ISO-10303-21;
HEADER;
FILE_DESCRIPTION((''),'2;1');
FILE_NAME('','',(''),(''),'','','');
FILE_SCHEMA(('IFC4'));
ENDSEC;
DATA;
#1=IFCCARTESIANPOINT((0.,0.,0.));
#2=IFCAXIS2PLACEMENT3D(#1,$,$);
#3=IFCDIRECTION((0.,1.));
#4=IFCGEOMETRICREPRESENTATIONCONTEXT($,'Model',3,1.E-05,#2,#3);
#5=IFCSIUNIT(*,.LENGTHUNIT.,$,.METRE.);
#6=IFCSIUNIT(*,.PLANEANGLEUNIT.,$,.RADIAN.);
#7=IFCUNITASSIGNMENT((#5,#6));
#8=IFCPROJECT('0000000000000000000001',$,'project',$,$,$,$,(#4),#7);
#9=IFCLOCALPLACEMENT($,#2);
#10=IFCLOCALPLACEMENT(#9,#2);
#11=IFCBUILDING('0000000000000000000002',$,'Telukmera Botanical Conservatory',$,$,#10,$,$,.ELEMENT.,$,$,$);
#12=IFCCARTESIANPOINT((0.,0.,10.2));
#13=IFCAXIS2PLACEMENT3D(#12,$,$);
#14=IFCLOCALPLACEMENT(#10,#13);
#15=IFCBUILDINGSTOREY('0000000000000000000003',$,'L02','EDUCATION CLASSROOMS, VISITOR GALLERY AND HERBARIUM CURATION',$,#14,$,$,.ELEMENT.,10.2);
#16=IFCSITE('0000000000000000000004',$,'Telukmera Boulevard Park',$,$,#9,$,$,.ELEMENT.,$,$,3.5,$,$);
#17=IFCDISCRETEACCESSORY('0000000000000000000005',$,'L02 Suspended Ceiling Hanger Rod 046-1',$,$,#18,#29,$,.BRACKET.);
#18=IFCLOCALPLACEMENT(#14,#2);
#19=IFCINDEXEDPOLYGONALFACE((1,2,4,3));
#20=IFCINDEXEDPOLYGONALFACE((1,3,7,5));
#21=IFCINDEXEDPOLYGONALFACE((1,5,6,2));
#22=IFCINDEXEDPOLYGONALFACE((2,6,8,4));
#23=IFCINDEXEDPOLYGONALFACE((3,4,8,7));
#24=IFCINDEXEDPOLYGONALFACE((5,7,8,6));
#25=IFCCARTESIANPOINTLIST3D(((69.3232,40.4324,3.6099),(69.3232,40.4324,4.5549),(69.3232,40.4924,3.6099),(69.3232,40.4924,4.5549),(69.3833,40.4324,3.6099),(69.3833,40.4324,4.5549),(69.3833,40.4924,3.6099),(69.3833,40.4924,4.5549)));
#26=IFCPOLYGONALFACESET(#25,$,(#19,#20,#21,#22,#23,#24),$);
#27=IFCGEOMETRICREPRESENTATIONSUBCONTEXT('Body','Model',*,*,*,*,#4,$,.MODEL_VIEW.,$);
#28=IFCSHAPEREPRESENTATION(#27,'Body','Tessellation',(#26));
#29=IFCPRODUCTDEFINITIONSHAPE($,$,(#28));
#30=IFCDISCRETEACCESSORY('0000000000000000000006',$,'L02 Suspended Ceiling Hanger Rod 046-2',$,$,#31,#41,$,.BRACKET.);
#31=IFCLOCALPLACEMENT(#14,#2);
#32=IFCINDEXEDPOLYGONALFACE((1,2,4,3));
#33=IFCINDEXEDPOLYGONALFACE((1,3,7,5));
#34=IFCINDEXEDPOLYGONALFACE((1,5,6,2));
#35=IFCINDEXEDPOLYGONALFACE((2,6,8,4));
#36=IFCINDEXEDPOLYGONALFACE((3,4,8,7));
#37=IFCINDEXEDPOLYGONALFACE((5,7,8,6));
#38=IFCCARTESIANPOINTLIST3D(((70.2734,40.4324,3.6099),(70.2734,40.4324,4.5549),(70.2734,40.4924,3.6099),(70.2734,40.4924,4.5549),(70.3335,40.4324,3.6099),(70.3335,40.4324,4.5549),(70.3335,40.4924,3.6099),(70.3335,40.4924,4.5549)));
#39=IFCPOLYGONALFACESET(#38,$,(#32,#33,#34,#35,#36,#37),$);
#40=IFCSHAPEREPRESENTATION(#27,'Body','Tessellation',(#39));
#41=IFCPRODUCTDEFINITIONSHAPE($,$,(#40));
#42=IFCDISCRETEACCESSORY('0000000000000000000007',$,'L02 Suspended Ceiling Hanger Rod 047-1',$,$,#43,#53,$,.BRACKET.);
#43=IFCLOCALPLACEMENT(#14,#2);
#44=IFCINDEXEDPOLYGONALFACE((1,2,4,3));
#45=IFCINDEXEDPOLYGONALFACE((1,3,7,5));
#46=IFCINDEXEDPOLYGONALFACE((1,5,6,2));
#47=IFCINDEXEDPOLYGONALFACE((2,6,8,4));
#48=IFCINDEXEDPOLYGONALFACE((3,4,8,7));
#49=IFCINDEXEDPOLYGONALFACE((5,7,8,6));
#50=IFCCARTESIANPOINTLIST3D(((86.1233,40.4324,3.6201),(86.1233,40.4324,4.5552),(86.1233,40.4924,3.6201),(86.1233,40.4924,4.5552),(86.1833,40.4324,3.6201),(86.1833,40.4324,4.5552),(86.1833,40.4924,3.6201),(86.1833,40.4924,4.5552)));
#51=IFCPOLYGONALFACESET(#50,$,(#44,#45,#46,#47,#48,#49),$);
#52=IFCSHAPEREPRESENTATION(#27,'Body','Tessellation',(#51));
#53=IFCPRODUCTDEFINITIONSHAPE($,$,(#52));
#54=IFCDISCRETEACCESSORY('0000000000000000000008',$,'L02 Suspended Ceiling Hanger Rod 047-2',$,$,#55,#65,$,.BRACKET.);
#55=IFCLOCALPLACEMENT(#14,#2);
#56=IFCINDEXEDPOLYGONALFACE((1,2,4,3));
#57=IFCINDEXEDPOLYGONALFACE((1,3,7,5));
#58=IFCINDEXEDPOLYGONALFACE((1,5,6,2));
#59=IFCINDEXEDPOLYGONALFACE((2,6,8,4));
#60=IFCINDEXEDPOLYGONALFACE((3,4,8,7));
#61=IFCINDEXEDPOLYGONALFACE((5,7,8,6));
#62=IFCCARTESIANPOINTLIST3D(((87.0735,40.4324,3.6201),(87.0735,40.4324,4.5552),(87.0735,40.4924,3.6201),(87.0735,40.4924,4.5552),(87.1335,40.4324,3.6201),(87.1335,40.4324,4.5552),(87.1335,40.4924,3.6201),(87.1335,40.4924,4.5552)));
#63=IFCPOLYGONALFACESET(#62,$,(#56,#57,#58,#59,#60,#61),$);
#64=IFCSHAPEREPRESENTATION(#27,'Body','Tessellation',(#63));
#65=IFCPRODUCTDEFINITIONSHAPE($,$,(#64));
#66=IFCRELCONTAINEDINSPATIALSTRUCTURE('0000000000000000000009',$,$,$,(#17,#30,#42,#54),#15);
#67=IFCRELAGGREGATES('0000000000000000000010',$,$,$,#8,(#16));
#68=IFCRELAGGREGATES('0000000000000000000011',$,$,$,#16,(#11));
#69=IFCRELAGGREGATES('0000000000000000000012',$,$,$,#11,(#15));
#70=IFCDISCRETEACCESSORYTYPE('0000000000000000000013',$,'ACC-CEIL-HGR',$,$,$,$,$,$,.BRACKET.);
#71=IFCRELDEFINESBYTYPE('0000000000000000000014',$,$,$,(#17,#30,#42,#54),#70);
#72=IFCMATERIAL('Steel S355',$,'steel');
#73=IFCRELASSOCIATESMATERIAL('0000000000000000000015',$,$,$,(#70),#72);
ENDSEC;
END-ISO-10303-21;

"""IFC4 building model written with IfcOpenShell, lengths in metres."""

from ifc_helpers import new_model, si_unit, direction, frame, origin, origin_2d, place, context, subcontext, project, spatial, rectangle, extrude, material, type_object, element, save


model = new_model("IFC4")

# Units and contexts
model_context = context("Model", 3, precision=1e-05, world=origin(), true_north=direction((0.0, 1.0)))
body_context = subcontext(model_context, "Body", "Model", "MODEL_VIEW")
ifc_project = project(units=[si_unit("LENGTHUNIT", "METRE"), si_unit("PLANEANGLEUNIT", "RADIAN")], contexts=[model_context])

# Site, building, storey
site_placement = place(None, origin())
site = spatial("IfcSite", under=ifc_project, at=site_placement, Name="Telukmera Boulevard Park", CompositionType="ELEMENT", RefElevation=3.5)
building_placement = place(site_placement, origin())
building = spatial("IfcBuilding", under=site, at=building_placement, Name="Telukmera Botanical Conservatory", CompositionType="ELEMENT")
storey_placement = place(building_placement, frame((0.0, 0.0, 10.2)))
storey = spatial("IfcBuildingStorey", under=building, at=storey_placement, Name="L02", Description="EDUCATION CLASSROOMS, VISITOR GALLERY AND HERBARIUM CURATION", CompositionType="ELEMENT", Elevation=10.2)

# Discrete accessories
ifc_material_1 = material(Name="Steel S355", Category="steel")
discrete_accessory_type = type_object("IfcDiscreteAccessoryType", Name="ACC-CEIL-HGR", PredefinedType="BRACKET", material=ifc_material_1)
for number, where, z_axis, x_axis, name in (
    (1, (69.3533, 40.4624, 3.6099), (0.0, 0.0, 1.0), (1.0, 0.0, 0.0), "L02 Suspended Ceiling Hanger Rod 046-1"),
    (2, (70.3035, 40.4624, 3.6099), (0.0, 0.0, 1.0), (1.0, 0.0, 0.0), "L02 Suspended Ceiling Hanger Rod 046-2"),
):
    element("IfcDiscreteAccessory", number, at=place(storey_placement, frame(where, z_axis=z_axis, x_axis=x_axis)), inside=storey, type_object=discrete_accessory_type, Name=name, PredefinedType="BRACKET", context=body_context, shape_type="SweptSolid", body=[
        extrude(rectangle(XDim=0.0601, YDim=0.0601, at=origin_2d()), origin(), (0.0, 0.0, 1.0), 0.9451),
    ])
for number, where, z_axis, x_axis, name in (
    (3, (86.1533, 40.4624, 3.6201), (0.0, 0.0, 1.0), (1.0, 0.0, 0.0), "L02 Suspended Ceiling Hanger Rod 047-1"),
    (4, (87.1035, 40.4624, 3.6201), (0.0, 0.0, 1.0), (1.0, 0.0, 0.0), "L02 Suspended Ceiling Hanger Rod 047-2"),
):
    element("IfcDiscreteAccessory", number, at=place(storey_placement, frame(where, z_axis=z_axis, x_axis=x_axis)), inside=storey, type_object=discrete_accessory_type, Name=name, PredefinedType="BRACKET", context=body_context, shape_type="SweptSolid", body=[
        extrude(rectangle(XDim=0.0601, YDim=0.0601, at=origin_2d()), origin(), (0.0, 0.0, 1.0), 0.9351),
    ])

save(model, "model.ifc")
